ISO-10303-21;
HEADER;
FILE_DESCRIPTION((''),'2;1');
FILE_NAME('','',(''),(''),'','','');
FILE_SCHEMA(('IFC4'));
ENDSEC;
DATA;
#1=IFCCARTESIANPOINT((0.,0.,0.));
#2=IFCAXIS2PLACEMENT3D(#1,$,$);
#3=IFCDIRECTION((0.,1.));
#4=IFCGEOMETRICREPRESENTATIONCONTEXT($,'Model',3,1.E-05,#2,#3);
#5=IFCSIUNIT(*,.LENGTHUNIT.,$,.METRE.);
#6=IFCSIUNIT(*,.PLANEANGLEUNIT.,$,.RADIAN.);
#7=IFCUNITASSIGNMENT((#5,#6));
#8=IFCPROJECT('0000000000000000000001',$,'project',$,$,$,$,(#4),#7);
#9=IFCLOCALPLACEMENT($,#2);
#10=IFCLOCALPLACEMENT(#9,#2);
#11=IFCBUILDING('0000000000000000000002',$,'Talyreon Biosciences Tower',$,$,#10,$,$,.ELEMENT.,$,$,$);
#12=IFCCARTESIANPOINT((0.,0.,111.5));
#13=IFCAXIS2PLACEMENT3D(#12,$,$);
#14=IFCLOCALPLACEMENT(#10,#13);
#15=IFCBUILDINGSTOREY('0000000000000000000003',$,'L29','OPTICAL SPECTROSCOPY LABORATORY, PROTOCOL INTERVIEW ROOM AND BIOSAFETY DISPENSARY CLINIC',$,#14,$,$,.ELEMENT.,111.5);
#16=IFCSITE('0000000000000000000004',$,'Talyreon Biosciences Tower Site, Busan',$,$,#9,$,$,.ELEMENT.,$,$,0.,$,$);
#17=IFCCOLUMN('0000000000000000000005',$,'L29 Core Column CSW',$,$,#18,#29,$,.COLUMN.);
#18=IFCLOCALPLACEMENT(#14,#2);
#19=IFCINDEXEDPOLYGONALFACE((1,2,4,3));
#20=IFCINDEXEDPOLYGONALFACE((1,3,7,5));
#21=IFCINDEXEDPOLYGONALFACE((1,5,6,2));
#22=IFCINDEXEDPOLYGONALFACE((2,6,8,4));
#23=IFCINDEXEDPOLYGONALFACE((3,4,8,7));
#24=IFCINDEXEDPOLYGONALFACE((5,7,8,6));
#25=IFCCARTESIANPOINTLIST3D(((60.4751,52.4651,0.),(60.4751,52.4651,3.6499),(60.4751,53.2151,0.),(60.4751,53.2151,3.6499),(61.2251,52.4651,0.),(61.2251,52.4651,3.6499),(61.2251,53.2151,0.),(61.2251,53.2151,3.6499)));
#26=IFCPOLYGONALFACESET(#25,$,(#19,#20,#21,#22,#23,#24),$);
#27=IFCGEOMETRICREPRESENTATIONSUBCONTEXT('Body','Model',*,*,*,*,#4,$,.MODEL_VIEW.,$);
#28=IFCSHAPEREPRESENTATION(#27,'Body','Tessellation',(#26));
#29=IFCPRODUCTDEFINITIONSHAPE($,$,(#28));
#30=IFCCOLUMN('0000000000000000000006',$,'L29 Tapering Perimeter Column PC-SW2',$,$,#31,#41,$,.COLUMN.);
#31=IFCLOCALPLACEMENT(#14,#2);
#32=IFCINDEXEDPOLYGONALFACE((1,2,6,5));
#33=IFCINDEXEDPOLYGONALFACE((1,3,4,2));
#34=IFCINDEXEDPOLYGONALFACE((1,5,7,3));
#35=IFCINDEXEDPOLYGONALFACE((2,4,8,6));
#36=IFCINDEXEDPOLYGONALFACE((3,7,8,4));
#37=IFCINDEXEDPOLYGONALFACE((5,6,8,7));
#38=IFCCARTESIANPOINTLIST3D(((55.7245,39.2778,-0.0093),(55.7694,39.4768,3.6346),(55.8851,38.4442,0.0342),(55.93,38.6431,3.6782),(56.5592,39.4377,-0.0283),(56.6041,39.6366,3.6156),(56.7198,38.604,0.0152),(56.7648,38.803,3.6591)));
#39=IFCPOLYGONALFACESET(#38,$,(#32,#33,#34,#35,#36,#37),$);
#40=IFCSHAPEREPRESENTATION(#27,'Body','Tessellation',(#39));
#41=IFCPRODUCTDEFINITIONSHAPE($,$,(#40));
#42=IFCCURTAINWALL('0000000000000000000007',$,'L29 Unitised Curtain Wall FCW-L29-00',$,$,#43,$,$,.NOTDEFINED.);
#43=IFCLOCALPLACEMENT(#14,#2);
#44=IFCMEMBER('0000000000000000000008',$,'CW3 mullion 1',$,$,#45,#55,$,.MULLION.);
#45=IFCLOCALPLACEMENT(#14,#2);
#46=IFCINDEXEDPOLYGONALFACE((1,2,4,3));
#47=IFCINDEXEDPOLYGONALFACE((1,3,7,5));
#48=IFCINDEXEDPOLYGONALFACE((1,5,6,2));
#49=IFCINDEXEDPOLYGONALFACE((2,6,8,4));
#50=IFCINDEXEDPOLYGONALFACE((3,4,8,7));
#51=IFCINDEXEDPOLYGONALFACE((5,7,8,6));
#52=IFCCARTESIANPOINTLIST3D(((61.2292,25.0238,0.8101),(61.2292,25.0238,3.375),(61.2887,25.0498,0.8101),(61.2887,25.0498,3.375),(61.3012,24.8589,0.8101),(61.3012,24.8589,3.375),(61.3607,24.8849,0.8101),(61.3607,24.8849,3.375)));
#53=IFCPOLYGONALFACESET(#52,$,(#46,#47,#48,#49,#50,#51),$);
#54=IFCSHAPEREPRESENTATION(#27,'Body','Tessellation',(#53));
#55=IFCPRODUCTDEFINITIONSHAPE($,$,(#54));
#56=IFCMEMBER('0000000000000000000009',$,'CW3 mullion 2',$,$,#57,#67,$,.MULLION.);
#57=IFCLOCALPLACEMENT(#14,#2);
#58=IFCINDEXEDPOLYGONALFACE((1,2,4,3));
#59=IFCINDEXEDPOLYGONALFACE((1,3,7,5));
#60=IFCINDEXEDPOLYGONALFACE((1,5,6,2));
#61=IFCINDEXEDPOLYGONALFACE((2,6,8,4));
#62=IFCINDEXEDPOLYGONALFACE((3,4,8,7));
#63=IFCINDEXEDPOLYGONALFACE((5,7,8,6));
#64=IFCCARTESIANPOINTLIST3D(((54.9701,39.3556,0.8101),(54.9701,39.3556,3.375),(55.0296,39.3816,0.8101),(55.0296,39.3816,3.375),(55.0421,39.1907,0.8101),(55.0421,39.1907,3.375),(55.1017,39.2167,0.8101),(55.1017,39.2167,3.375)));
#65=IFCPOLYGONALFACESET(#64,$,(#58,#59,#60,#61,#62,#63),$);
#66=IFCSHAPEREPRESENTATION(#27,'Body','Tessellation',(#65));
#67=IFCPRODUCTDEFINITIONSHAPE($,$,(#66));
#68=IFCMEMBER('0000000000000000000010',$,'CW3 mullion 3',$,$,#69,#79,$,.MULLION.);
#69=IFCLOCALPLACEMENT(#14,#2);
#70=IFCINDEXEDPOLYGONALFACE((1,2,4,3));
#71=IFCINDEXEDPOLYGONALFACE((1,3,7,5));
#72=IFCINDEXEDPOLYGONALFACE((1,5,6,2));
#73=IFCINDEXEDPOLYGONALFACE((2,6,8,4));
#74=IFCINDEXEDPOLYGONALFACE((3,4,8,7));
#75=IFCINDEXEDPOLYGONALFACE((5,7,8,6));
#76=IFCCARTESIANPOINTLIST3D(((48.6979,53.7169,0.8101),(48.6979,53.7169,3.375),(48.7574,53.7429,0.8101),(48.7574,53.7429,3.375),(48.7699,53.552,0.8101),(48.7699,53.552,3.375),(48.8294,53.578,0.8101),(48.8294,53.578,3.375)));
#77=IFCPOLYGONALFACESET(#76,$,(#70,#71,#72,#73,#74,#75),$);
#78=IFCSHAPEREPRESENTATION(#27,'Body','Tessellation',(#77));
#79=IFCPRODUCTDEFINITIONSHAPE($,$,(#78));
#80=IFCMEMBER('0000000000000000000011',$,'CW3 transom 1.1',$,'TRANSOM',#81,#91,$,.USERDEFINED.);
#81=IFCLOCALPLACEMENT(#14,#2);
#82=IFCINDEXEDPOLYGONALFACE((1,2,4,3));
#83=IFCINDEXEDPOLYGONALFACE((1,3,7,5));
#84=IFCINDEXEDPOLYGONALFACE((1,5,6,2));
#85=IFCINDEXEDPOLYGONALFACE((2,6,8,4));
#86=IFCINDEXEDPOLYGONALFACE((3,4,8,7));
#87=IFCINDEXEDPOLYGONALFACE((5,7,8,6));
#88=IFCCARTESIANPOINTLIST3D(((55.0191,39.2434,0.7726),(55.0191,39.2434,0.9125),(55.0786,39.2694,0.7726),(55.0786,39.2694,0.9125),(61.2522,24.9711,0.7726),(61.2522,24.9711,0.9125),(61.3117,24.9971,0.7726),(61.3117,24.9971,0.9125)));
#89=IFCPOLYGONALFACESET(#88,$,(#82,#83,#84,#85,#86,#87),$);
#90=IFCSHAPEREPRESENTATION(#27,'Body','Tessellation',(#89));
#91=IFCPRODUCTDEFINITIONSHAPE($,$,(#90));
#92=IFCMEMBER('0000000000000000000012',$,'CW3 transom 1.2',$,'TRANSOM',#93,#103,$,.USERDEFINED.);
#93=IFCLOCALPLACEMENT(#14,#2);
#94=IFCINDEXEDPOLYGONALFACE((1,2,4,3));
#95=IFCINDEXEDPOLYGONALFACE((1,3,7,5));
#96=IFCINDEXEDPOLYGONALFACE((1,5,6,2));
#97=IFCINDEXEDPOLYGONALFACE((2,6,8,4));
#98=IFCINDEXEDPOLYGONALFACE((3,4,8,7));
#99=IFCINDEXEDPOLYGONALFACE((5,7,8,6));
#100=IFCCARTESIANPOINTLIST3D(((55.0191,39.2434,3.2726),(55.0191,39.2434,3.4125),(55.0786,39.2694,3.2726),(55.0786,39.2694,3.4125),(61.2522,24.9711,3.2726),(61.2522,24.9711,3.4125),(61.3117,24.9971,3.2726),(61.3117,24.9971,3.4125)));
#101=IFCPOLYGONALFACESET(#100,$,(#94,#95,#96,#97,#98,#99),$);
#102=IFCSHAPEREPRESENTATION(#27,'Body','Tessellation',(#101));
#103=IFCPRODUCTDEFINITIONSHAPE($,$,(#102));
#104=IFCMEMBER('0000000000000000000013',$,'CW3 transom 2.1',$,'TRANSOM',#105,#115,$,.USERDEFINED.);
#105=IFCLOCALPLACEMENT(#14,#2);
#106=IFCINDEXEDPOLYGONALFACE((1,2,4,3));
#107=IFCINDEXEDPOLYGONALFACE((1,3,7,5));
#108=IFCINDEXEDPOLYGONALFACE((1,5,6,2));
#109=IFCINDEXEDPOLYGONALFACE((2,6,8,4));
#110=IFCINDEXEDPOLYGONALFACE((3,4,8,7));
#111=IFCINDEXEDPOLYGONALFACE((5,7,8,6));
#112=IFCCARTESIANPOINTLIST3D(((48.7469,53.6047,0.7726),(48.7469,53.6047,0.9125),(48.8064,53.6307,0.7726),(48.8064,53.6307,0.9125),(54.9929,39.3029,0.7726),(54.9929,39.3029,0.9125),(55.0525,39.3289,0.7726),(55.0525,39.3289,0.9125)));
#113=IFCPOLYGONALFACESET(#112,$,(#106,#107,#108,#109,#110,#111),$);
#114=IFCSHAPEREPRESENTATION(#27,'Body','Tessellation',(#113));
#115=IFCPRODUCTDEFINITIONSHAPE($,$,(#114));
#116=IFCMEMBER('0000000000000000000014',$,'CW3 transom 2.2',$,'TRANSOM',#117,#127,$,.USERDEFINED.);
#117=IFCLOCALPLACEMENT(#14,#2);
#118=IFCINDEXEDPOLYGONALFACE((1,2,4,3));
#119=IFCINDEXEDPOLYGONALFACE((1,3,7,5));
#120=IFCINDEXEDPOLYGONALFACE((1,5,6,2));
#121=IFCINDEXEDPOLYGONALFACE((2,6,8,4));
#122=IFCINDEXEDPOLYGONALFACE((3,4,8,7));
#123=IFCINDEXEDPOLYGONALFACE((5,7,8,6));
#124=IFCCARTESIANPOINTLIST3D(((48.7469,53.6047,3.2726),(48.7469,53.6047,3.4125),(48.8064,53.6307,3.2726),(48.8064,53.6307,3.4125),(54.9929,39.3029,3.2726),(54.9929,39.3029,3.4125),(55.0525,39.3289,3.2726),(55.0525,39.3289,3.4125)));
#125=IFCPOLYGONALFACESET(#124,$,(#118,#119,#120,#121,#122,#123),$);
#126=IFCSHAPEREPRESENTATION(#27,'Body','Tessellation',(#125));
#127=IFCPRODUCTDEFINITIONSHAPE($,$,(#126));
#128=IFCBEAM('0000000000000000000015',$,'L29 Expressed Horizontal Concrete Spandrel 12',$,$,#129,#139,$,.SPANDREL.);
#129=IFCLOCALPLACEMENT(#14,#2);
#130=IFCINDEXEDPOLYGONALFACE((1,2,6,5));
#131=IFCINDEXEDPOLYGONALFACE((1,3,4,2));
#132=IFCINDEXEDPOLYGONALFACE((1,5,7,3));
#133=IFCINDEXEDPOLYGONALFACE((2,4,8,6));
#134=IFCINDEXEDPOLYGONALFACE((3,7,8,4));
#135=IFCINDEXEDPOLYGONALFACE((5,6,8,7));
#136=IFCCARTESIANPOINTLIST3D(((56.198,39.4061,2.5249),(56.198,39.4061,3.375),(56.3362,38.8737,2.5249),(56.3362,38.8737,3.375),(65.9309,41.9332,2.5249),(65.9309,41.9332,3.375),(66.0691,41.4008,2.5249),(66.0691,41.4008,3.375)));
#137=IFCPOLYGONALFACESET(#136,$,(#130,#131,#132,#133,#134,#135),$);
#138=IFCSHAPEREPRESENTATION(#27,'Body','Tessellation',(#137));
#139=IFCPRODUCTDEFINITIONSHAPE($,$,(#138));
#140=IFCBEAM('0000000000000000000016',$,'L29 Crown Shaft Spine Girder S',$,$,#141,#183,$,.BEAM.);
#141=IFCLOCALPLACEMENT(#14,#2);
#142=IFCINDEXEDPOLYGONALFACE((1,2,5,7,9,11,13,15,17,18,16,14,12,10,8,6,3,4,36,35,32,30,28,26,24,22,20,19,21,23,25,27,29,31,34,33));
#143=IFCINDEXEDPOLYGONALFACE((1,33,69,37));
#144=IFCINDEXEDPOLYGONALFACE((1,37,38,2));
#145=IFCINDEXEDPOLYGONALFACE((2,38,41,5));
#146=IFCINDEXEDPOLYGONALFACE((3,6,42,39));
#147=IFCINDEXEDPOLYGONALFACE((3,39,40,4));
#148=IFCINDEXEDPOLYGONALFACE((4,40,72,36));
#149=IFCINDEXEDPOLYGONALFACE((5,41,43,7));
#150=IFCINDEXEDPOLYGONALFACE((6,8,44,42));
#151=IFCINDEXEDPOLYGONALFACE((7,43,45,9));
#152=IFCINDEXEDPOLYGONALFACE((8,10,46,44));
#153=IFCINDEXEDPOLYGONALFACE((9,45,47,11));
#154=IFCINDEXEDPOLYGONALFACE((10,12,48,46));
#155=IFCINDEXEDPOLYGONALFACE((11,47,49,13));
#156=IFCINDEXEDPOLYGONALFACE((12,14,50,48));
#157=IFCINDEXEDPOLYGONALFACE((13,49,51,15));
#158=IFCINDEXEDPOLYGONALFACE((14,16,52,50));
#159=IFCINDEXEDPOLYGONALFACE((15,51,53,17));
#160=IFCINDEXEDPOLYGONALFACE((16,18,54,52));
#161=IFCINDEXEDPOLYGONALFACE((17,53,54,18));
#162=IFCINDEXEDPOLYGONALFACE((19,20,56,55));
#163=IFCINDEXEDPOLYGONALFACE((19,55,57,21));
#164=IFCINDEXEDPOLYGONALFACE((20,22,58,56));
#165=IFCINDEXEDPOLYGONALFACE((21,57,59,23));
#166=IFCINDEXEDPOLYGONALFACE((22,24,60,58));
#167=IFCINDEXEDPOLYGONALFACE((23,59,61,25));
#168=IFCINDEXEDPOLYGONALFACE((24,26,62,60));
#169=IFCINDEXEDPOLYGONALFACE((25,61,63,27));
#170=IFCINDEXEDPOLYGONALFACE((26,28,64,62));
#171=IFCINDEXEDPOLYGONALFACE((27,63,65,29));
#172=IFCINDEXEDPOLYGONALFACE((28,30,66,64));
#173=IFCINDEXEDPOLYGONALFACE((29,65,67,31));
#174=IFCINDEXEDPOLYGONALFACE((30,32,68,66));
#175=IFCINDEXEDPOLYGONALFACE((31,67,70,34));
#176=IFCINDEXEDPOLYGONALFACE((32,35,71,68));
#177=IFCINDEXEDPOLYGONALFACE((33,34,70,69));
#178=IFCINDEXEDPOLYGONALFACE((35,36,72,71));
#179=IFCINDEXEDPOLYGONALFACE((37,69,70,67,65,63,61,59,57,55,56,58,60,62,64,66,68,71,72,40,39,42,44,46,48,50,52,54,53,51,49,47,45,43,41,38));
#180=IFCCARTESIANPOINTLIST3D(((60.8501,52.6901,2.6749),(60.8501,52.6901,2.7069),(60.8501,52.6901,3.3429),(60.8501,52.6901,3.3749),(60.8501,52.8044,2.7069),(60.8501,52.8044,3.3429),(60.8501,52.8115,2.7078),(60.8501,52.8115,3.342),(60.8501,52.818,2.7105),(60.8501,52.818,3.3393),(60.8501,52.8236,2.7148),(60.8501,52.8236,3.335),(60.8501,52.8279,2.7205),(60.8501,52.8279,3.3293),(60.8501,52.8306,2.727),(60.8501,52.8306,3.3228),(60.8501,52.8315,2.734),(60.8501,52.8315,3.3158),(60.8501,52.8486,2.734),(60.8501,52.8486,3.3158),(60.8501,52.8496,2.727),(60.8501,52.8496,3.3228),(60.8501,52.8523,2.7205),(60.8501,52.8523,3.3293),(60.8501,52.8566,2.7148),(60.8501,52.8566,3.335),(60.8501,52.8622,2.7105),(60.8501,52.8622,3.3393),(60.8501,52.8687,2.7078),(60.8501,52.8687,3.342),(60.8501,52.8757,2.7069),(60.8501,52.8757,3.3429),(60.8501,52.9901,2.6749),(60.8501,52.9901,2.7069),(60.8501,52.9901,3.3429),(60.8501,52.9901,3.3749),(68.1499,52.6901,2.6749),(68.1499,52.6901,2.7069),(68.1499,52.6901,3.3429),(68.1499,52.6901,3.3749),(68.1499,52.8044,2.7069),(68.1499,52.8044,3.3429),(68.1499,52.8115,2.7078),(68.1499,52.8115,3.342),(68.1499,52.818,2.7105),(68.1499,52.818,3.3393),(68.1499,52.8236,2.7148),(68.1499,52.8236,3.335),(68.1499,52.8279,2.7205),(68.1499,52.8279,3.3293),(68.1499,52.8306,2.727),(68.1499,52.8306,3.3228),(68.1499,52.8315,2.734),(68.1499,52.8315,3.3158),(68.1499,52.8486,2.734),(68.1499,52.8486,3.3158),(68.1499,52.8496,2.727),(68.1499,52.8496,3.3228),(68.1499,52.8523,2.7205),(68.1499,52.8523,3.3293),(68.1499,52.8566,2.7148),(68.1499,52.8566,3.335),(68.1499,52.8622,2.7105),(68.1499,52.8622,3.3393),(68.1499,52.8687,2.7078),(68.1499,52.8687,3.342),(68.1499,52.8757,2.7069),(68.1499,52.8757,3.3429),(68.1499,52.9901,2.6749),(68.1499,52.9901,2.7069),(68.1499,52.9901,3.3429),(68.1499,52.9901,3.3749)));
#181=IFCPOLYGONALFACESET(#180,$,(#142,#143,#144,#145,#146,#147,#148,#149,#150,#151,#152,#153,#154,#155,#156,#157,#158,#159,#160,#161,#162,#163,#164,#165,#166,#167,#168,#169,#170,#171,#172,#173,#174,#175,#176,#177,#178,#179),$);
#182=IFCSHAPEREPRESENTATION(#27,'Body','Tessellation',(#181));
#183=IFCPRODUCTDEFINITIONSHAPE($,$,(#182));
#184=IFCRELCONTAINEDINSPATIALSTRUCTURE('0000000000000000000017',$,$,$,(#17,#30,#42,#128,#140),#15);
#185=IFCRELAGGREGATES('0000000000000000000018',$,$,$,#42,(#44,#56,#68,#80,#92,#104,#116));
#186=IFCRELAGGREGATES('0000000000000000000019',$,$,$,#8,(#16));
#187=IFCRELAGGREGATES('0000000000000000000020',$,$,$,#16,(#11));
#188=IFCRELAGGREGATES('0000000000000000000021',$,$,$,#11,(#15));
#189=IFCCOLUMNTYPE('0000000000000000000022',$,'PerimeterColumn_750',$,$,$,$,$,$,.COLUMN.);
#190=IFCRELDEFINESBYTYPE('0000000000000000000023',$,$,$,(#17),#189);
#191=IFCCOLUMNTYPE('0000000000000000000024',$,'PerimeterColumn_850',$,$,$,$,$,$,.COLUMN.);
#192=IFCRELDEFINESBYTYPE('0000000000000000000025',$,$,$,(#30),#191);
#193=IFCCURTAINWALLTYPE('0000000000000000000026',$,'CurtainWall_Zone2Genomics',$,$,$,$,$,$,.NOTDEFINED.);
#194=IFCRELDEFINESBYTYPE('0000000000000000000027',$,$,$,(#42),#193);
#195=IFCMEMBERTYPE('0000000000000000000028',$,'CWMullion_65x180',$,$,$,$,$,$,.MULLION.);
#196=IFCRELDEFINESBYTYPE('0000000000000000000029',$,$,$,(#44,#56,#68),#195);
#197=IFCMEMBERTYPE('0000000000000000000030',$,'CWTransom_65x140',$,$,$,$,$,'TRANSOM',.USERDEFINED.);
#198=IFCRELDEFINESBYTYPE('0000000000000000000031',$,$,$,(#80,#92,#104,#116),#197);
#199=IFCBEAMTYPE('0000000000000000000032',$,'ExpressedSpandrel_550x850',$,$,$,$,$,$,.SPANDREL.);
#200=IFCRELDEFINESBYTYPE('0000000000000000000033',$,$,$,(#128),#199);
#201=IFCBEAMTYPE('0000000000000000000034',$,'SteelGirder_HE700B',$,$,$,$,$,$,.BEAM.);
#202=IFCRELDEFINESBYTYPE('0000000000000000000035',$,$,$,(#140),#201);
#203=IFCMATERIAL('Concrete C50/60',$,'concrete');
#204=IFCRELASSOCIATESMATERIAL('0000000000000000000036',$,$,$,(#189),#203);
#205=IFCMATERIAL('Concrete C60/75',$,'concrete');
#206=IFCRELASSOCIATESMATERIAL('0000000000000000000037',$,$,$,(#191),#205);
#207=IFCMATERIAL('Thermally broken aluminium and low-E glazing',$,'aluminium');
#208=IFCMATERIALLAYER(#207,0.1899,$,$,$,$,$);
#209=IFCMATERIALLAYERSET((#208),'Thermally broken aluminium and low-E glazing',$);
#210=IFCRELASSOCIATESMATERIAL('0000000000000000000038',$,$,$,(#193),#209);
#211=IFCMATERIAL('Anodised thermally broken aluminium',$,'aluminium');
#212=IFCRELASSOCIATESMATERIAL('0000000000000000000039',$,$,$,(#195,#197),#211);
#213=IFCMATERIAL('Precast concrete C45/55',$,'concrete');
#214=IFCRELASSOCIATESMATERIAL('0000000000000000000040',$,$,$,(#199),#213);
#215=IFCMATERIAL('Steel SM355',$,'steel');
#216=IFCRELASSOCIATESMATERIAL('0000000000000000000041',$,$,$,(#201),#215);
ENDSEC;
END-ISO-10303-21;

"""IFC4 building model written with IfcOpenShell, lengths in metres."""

from ifc_helpers import new_model, si_unit, direction, frame, origin, origin_2d, place, context, subcontext, project, spatial, rectangle, i_section, extrude, material, layer, layer_set, material_profile, profile_set, type_object, element, aggregate, save


model = new_model("IFC4")

# Units and contexts
model_context = context("Model", 3, precision=1e-05, world=origin(), true_north=direction((0.0, 1.0)))
body_context = subcontext(model_context, "Body", "Model", "MODEL_VIEW")
ifc_project = project(units=[si_unit("LENGTHUNIT", "METRE"), si_unit("PLANEANGLEUNIT", "RADIAN")], contexts=[model_context])

# Site, building, storey
site_placement = place(None, origin())
site = spatial("IfcSite", under=ifc_project, at=site_placement, Name="Talyreon Biosciences Tower Site, Busan", CompositionType="ELEMENT", RefElevation=0.0)
building_placement = place(site_placement, origin())
building = spatial("IfcBuilding", under=site, at=building_placement, Name="Talyreon Biosciences Tower", CompositionType="ELEMENT")
storey_placement = place(building_placement, frame((0.0, 0.0, 111.5)))
storey = spatial("IfcBuildingStorey", under=building, at=storey_placement, Name="L29", Description="OPTICAL SPECTROSCOPY LABORATORY, PROTOCOL INTERVIEW ROOM AND BIOSAFETY DISPENSARY CLINIC", CompositionType="ELEMENT", Elevation=111.5)

# Columns
ifc_material_1 = material(Name="Concrete C50/60", Category="concrete")
ifc_material_profile_1 = material_profile(ifc_material_1, rectangle(XDim=0.75, YDim=0.75, at=origin_2d()), Name="RC 750x750")
ifc_profile_set_1 = profile_set([ifc_material_profile_1], Name="Concrete C50/60")
column_type_1 = type_object("IfcColumnType", Name="PerimeterColumn_750", PredefinedType="COLUMN", material=ifc_profile_set_1)
column_1_placement = place(storey_placement, frame((60.8501, 52.8401, 0.0), z_axis=(0.0, 0.0, 1.0), x_axis=(1.0, 0.0, 0.0)))
element("IfcColumn", 1, at=column_1_placement, inside=storey, type_object=column_type_1, Name="L29 Core Column CSW", PredefinedType="COLUMN", context=body_context, shape_type="SweptSolid", body=[
    extrude(rectangle(XDim=0.75, YDim=0.75, at=origin_2d()), origin(), (0.0, 0.0, 1.0), 3.6499),
])
ifc_material_2 = material(Name="Concrete C60/75", Category="concrete")
ifc_material_profile_2 = material_profile(ifc_material_2, rectangle(XDim=0.8501, YDim=0.8501, at=origin_2d()), Name="RC 850x850")
ifc_profile_set_2 = profile_set([ifc_material_profile_2], Name="Concrete C60/75")
column_type_2 = type_object("IfcColumnType", Name="PerimeterColumn_850", PredefinedType="COLUMN", material=ifc_profile_set_2)
column_2_placement = place(storey_placement, frame((56.2222, 38.9409, 0.0029), z_axis=(0.012308, 0.054517, 0.998437), x_axis=(-0.188962, 0.980648, -0.051217)))
element("IfcColumn", 2, at=column_2_placement, inside=storey, type_object=column_type_2, Name="L29 Tapering Perimeter Column PC-SW2", PredefinedType="COLUMN", context=body_context, shape_type="SweptSolid", body=[
    extrude(rectangle(XDim=0.8501, YDim=0.8501, at=origin_2d()), origin(), (0.0, 0.0, 1.0), 3.6497),
])

# Curtain wall, members
ifc_material_3 = material(Name="Thermally broken aluminium and low-E glazing", Category="aluminium")
ifc_layer_1 = layer(ifc_material_3, 0.1899)
ifc_layer_set_1 = layer_set([ifc_layer_1], Name="Thermally broken aluminium and low-E glazing")
curtain_wall_type = type_object("IfcCurtainWallType", Name="CurtainWall_Zone2Genomics", PredefinedType="NOTDEFINED", material=ifc_layer_set_1)
curtain_wall_placement = place(storey_placement, origin())
curtain_wall = element("IfcCurtainWall", 3, at=curtain_wall_placement, inside=storey, type_object=curtain_wall_type, Name="L29 Unitised Curtain Wall FCW-L29-00", PredefinedType="NOTDEFINED")
ifc_material_4 = material(Name="Anodised thermally broken aluminium", Category="aluminium")
ifc_material_profile_3 = material_profile(ifc_material_4, rectangle(XDim=0.0649, YDim=0.1799, at=origin_2d()), Name="ALUM MULLION 65x180")
ifc_profile_set_3 = profile_set([ifc_material_profile_3], Name="Anodised thermally broken aluminium")
member_type_1 = type_object("IfcMemberType", Name="CWMullion_65x180", PredefinedType="MULLION", material=ifc_profile_set_3)
member_1_placement = place(storey_placement, frame((61.2949, 24.9543, 0.8101), z_axis=(0.0, 0.0, 1.0), x_axis=(-0.916416, -0.400226, 0.0)))
member_1 = element("IfcMember", 4, at=member_1_placement, type_object=member_type_1, Name="CW3 mullion 1", PredefinedType="MULLION", context=body_context, shape_type="SweptSolid", body=[
    extrude(rectangle(XDim=0.0649, YDim=0.1799, at=origin_2d()), origin(), (0.0, 0.0, 1.0), 2.5649),
])
member_2_placement = place(storey_placement, frame((55.0359, 39.2861, 0.8101), z_axis=(0.0, 0.0, 1.0), x_axis=(-0.916416, -0.400226, 0.0)))
member_2 = element("IfcMember", 5, at=member_2_placement, type_object=member_type_1, Name="CW3 mullion 2", PredefinedType="MULLION", context=body_context, shape_type="SweptSolid", body=[
    extrude(rectangle(XDim=0.0649, YDim=0.1799, at=origin_2d()), origin(), (0.0, 0.0, 1.0), 2.5649),
])
member_3_placement = place(storey_placement, frame((48.7637, 53.6475, 0.8101), z_axis=(0.0, 0.0, 1.0), x_axis=(-0.916416, -0.400226, 0.0)))
member_3 = element("IfcMember", 6, at=member_3_placement, type_object=member_type_1, Name="CW3 mullion 3", PredefinedType="MULLION", context=body_context, shape_type="SweptSolid", body=[
    extrude(rectangle(XDim=0.0649, YDim=0.1799, at=origin_2d()), origin(), (0.0, 0.0, 1.0), 2.5649),
])
ifc_material_profile_4 = material_profile(ifc_material_4, rectangle(XDim=0.0649, YDim=0.1399, at=origin_2d()), Name="ALUM TRANSOM 65x140")
ifc_profile_set_4 = profile_set([ifc_material_profile_4], Name="Anodised thermally broken aluminium")
member_type_2 = type_object("IfcMemberType", Name="CWTransom_65x140", ElementType="TRANSOM", PredefinedType="USERDEFINED", material=ifc_profile_set_4)
member_4_placement = place(storey_placement, frame((61.282, 24.9841, 0.8425), z_axis=(-0.400229, 0.916415, 0.0), x_axis=(-0.916415, -0.400229, 0.0)))
member_4 = element("IfcMember", 7, at=member_4_placement, type_object=member_type_2, Name="CW3 transom 1.1", ObjectType="TRANSOM", PredefinedType="USERDEFINED", context=body_context, shape_type="SweptSolid", body=[
    extrude(rectangle(XDim=0.0649, YDim=0.1399, at=origin_2d()), origin(), (0.0, 0.0, 1.0), 15.574),
])
member_5_placement = place(storey_placement, frame((61.282, 24.9841, 3.3425), z_axis=(-0.400229, 0.916415, 0.0), x_axis=(-0.916415, -0.400229, 0.0)))
member_5 = element("IfcMember", 8, at=member_5_placement, type_object=member_type_2, Name="CW3 transom 1.2", ObjectType="TRANSOM", PredefinedType="USERDEFINED", context=body_context, shape_type="SweptSolid", body=[
    extrude(rectangle(XDim=0.0649, YDim=0.1399, at=origin_2d()), origin(), (0.0, 0.0, 1.0), 15.574),
])
member_6_placement = place(storey_placement, frame((55.0227, 39.3159, 0.8425), z_axis=(-0.400231, 0.916414, 0.0), x_axis=(-0.916414, -0.400231, 0.0)))
member_6 = element("IfcMember", 9, at=member_6_placement, type_object=member_type_2, Name="CW3 transom 2.1", ObjectType="TRANSOM", PredefinedType="USERDEFINED", context=body_context, shape_type="SweptSolid", body=[
    extrude(rectangle(XDim=0.0649, YDim=0.1399, at=origin_2d()), origin(), (0.0, 0.0, 1.0), 15.6062),
])
member_7_placement = place(storey_placement, frame((55.0227, 39.3159, 3.3425), z_axis=(-0.400231, 0.916414, 0.0), x_axis=(-0.916414, -0.400231, 0.0)))
member_7 = element("IfcMember", 10, at=member_7_placement, type_object=member_type_2, Name="CW3 transom 2.2", ObjectType="TRANSOM", PredefinedType="USERDEFINED", context=body_context, shape_type="SweptSolid", body=[
    extrude(rectangle(XDim=0.0649, YDim=0.1399, at=origin_2d()), origin(), (0.0, 0.0, 1.0), 15.6062),
])

# Beams
ifc_material_5 = material(Name="Precast concrete C45/55", Category="concrete")
ifc_material_profile_5 = material_profile(ifc_material_5, rectangle(XDim=0.55, YDim=0.8501, at=origin_2d()), Name="RCB 550x850")
ifc_profile_set_5 = profile_set([ifc_material_profile_5], Name="Precast concrete C45/55")
beam_type_1 = type_object("IfcBeamType", Name="ExpressedSpandrel_550x850", PredefinedType="SPANDREL", material=ifc_profile_set_5)
beam_1_placement = place(storey_placement, frame((56.2671, 39.1399, 2.95), z_axis=(0.967906, 0.251312, 0.0), x_axis=(-0.251312, 0.967906, 0.0)))
element("IfcBeam", 11, at=beam_1_placement, inside=storey, type_object=beam_type_1, Name="L29 Expressed Horizontal Concrete Spandrel 12", PredefinedType="SPANDREL", context=body_context, shape_type="SweptSolid", body=[
    extrude(rectangle(XDim=0.55, YDim=0.8501, at=origin_2d()), origin(), (0.0, 0.0, 1.0), 10.0557),
])
ifc_material_6 = material(Name="Steel SM355", Category="steel")
ifc_material_profile_6 = material_profile(ifc_material_6, i_section(OverallWidth=0.3, OverallDepth=0.7, WebThickness=0.0171, FlangeThickness=0.032, FilletRadius=0.0271, at=origin_2d()), Name="HE700B")
ifc_profile_set_6 = profile_set([ifc_material_profile_6], Name="Steel SM355")
beam_type_2 = type_object("IfcBeamType", Name="SteelGirder_HE700B", PredefinedType="BEAM", material=ifc_profile_set_6)
beam_2_placement = place(storey_placement, frame((60.8501, 52.8401, 3.0249), z_axis=(1.0, 0.0, 0.0), x_axis=(0.0, 1.0, 0.0)))
element("IfcBeam", 12, at=beam_2_placement, inside=storey, type_object=beam_type_2, Name="L29 Crown Shaft Spine Girder S", PredefinedType="BEAM", context=body_context, shape_type="SweptSolid", body=[
    extrude(i_section(OverallWidth=0.3, OverallDepth=0.7, WebThickness=0.0171, FlangeThickness=0.032, FilletRadius=0.0271, at=origin_2d()), origin(), (0.0, 0.0, 1.0), 7.2998),
])

aggregate(curtain_wall, [member_1, member_2, member_3, member_4, member_5, member_6, member_7])

save(model, "model.ifc")
